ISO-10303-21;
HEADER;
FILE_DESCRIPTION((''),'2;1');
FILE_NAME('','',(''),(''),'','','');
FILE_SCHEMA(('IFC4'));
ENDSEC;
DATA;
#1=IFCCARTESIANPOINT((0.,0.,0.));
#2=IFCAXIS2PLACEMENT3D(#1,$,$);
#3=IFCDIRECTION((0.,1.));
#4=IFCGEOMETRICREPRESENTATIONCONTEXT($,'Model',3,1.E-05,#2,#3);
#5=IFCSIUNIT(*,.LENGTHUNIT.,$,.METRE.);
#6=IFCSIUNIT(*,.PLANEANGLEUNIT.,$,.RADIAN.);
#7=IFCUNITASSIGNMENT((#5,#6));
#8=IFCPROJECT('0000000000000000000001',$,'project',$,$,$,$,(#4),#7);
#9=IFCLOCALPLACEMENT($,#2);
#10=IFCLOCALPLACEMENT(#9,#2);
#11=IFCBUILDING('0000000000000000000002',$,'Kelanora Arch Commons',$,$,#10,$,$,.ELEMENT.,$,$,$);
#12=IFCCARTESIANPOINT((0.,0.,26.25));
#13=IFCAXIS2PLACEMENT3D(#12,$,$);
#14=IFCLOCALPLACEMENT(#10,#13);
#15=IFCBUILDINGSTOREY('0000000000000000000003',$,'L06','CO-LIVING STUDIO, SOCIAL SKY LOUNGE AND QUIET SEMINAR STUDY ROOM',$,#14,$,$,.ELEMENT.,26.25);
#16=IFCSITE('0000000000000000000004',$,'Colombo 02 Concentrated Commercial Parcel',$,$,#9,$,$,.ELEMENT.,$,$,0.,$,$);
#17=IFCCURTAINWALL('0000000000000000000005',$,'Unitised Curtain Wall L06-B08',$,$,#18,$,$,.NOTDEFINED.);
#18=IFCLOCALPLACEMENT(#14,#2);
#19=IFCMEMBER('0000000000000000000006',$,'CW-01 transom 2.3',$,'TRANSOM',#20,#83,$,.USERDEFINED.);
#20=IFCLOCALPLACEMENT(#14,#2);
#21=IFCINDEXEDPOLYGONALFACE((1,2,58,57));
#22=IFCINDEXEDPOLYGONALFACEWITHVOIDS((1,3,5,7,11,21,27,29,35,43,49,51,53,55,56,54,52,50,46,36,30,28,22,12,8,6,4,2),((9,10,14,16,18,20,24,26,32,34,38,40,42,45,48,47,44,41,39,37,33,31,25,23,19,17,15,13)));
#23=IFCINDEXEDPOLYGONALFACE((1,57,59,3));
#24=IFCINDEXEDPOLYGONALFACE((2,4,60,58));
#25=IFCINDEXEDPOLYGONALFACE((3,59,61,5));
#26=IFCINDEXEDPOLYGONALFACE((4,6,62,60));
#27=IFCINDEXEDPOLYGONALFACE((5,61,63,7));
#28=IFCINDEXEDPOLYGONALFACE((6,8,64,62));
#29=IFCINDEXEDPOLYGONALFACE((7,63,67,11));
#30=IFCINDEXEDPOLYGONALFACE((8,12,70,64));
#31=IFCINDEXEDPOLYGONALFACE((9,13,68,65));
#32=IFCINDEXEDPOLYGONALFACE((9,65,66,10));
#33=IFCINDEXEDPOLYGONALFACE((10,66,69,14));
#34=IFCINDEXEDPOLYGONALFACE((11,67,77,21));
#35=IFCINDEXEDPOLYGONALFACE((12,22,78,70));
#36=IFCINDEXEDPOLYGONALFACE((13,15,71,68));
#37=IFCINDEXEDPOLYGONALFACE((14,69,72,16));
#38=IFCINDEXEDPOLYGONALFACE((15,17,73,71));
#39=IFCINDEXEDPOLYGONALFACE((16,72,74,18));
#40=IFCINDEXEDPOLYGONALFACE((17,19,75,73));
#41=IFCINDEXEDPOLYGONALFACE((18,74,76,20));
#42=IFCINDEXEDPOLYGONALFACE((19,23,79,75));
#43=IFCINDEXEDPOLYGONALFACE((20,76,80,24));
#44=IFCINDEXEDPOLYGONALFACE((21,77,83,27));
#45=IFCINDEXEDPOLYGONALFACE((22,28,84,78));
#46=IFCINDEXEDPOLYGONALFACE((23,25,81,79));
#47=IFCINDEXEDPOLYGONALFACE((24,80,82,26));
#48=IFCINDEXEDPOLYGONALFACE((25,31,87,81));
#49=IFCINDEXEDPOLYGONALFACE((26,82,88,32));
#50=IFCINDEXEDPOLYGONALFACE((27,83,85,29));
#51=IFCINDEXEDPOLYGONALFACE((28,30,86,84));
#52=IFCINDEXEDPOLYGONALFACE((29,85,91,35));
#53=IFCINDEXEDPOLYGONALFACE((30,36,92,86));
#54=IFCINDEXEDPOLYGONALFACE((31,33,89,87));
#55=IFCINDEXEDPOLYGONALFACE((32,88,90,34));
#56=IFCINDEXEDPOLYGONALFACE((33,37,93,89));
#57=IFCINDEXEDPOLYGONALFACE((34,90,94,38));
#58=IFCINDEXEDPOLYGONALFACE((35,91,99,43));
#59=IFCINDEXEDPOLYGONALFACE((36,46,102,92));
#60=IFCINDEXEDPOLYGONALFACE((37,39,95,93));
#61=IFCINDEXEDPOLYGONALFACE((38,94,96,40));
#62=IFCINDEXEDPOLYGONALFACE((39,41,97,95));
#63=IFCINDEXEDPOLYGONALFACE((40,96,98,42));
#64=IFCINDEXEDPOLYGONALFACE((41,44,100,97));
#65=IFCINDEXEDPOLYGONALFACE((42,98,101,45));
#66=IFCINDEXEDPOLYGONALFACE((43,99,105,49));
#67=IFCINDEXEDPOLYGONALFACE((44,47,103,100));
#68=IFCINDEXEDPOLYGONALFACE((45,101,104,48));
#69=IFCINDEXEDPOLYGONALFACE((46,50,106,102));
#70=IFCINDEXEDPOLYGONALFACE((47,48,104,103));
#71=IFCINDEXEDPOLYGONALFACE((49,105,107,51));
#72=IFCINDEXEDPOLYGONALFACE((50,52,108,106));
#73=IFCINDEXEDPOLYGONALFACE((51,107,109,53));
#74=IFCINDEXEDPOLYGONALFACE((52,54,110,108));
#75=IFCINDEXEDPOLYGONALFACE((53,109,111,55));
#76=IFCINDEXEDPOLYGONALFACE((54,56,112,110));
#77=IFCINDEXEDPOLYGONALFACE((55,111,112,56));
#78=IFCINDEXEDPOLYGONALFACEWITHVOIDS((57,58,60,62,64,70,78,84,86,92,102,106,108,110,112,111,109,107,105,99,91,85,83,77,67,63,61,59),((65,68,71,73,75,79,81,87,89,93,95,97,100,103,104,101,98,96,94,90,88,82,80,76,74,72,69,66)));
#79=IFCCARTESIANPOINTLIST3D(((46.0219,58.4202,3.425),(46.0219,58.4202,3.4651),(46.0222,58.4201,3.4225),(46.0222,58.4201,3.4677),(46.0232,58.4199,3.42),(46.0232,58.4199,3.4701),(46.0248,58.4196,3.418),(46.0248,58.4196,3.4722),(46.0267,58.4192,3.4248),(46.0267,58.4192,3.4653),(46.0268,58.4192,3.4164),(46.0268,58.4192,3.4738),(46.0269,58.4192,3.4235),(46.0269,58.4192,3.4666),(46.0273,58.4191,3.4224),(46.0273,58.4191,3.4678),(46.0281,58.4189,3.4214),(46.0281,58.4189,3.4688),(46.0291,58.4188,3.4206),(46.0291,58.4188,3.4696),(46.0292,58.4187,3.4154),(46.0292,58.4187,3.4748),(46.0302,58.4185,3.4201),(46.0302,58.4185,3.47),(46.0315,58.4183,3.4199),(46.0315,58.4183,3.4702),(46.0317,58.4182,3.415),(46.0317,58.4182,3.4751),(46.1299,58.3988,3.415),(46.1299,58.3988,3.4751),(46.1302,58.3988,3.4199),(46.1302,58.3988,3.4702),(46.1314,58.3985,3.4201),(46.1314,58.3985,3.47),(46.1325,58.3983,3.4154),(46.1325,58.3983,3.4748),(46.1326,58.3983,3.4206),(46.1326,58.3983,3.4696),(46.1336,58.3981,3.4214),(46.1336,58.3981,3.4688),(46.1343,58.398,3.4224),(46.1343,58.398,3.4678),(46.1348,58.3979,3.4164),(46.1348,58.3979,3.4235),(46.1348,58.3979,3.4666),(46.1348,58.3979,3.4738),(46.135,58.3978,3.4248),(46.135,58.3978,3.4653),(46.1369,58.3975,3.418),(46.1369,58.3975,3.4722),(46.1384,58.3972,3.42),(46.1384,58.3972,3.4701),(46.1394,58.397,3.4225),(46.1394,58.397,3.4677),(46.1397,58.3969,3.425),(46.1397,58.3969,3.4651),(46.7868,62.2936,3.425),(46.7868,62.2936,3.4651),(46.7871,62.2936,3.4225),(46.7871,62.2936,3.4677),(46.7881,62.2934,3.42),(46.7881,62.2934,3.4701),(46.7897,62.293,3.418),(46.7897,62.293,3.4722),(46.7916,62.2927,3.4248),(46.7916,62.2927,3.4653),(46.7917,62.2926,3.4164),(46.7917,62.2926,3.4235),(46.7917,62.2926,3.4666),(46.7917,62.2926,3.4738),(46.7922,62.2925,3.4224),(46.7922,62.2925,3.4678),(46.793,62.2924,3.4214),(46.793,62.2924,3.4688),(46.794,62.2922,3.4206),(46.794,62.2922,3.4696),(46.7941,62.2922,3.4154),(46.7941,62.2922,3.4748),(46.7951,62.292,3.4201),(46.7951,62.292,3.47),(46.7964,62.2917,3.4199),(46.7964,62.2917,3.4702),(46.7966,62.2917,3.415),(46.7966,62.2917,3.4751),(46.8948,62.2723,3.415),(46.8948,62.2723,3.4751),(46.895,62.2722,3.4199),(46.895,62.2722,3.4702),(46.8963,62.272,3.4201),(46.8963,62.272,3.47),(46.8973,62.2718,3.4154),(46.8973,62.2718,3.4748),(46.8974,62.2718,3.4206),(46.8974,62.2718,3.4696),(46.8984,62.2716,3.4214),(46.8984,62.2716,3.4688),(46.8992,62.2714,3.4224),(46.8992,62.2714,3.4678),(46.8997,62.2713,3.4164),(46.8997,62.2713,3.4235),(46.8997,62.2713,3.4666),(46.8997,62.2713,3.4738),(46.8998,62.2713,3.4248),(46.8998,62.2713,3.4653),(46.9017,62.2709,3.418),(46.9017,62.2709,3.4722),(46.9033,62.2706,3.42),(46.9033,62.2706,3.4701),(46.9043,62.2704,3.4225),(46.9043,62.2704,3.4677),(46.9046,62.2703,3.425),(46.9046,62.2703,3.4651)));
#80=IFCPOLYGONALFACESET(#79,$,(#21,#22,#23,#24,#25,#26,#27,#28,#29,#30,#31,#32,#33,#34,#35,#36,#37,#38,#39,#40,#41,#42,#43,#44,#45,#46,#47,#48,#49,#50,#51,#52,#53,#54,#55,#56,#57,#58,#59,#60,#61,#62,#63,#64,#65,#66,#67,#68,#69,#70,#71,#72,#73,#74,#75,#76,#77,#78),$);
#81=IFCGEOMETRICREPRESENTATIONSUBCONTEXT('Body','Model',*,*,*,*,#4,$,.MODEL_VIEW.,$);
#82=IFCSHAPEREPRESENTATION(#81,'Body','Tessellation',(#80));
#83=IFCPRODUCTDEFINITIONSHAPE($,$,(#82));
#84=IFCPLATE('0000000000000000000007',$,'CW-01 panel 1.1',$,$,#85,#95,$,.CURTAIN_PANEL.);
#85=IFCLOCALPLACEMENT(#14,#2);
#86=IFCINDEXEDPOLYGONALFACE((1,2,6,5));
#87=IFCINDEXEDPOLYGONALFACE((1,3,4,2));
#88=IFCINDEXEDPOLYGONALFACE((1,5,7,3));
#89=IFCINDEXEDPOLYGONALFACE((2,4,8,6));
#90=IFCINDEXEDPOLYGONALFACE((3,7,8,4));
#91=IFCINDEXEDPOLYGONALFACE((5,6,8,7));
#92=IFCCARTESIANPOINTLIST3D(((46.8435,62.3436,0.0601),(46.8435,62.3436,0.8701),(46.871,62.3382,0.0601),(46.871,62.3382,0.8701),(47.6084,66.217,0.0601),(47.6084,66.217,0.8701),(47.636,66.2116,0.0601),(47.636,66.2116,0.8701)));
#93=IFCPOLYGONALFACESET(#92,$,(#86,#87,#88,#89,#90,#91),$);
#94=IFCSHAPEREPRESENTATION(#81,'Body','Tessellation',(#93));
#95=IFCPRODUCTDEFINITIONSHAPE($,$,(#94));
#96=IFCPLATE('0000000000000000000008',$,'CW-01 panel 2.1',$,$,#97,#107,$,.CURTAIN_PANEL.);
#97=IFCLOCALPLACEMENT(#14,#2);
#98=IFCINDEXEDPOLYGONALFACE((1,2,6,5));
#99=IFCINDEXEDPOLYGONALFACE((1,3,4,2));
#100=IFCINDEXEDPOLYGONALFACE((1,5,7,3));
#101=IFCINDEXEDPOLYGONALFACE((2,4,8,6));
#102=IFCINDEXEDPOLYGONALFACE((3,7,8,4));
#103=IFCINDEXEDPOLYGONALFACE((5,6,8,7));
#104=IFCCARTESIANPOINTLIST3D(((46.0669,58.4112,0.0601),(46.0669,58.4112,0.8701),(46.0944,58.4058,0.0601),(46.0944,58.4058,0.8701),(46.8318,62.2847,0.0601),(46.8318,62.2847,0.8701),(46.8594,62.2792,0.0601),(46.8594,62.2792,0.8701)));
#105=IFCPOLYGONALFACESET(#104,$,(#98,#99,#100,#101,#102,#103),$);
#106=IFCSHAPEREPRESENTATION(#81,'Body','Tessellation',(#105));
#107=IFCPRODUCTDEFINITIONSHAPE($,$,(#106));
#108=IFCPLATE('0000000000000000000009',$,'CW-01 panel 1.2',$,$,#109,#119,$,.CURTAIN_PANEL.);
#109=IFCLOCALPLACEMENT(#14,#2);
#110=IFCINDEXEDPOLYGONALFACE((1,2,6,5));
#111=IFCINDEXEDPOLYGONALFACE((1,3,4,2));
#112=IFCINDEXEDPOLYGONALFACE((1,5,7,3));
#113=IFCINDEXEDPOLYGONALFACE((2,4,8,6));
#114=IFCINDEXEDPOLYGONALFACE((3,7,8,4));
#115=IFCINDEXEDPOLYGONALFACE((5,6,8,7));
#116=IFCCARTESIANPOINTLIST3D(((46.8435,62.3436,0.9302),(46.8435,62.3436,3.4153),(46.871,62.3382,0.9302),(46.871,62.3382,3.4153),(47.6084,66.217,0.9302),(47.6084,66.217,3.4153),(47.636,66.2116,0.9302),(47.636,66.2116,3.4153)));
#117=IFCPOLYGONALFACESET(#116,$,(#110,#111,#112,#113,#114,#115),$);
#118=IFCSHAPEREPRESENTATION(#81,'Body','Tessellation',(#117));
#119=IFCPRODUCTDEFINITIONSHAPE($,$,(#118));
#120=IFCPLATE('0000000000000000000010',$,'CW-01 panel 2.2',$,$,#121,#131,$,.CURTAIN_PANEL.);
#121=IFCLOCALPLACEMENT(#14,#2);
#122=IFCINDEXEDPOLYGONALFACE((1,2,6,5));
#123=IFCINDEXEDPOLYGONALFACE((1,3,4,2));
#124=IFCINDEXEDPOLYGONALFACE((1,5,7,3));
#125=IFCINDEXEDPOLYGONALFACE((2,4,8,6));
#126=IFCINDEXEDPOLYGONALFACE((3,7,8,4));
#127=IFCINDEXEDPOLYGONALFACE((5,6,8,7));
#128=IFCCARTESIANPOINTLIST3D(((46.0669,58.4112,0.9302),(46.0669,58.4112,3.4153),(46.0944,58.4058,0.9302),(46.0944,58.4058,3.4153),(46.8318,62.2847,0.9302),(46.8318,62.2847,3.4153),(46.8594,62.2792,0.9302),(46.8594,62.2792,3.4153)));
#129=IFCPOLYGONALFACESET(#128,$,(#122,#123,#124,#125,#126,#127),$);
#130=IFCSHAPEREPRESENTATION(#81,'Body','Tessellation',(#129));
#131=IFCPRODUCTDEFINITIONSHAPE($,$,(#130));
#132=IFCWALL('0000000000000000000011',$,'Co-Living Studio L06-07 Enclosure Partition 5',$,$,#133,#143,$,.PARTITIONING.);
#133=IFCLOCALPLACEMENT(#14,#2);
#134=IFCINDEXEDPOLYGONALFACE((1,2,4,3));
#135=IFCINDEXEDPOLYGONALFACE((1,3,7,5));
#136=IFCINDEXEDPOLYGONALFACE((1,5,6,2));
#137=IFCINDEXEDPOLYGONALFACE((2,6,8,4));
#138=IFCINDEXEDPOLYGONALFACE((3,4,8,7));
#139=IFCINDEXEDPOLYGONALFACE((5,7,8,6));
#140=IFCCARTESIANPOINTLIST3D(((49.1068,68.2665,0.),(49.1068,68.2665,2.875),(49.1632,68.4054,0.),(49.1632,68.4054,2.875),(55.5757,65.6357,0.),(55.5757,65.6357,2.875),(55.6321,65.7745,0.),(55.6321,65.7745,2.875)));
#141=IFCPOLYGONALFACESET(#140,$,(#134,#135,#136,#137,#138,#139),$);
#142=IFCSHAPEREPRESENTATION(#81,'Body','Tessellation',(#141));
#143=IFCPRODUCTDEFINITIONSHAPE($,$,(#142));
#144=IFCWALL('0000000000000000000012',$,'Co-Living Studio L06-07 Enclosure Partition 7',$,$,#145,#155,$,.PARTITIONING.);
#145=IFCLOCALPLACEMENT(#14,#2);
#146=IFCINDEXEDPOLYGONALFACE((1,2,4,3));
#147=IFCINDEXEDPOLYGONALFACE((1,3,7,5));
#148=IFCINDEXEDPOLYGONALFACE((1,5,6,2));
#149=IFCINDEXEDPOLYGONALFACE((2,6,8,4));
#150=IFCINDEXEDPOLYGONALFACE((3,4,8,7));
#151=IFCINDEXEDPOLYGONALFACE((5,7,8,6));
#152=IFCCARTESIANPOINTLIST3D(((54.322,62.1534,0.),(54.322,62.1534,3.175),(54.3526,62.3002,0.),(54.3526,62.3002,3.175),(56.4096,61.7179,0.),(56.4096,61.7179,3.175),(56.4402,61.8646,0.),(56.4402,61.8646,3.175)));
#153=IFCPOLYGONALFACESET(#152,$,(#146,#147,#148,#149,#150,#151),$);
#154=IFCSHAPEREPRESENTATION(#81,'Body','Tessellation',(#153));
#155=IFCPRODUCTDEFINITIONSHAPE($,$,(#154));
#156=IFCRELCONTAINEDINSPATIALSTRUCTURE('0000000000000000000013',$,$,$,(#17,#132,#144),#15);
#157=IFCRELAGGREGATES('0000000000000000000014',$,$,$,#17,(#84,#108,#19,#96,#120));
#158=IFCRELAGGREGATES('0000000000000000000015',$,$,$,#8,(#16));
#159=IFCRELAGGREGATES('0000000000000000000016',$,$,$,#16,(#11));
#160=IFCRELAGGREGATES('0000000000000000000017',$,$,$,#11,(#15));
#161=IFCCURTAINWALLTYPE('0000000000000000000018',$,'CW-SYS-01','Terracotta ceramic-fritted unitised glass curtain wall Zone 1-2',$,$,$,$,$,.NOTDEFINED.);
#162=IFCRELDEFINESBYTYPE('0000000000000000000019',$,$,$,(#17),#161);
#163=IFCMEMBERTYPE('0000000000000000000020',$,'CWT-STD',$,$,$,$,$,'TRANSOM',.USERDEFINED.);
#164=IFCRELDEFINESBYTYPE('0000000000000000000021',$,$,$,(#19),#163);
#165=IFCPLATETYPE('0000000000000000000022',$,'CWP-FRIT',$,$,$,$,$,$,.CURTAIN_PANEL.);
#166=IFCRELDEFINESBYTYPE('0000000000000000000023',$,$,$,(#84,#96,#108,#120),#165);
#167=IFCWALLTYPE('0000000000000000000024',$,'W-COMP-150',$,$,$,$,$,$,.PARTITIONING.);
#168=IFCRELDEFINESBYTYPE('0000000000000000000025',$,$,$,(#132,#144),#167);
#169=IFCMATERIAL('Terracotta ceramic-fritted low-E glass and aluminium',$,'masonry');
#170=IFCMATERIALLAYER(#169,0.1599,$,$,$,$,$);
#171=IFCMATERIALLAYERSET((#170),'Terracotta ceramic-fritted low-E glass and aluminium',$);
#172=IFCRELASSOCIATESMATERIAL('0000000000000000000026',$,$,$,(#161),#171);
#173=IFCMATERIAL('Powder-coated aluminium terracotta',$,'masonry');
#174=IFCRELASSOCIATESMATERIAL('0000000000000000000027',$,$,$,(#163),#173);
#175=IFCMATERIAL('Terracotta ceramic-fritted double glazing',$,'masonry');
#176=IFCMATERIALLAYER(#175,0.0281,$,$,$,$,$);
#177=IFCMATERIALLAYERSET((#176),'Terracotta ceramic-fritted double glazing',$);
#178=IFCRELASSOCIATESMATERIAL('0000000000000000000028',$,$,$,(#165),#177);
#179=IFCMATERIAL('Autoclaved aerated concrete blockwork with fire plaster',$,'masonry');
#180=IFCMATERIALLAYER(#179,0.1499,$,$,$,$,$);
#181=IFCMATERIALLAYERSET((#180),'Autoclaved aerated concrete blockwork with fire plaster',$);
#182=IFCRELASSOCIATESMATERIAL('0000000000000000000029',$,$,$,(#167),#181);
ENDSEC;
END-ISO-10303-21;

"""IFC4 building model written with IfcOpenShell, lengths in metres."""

from ifc_helpers import new_model, si_unit, direction, frame, frame_2d, origin, origin_2d, place, context, subcontext, project, spatial, rectangle, hollow_rectangle, extrude, source, transform, mapped, material, layer, layer_set, material_profile, profile_set, type_object, element, aggregate, save


model = new_model("IFC4")

# Units and contexts
model_context = context("Model", 3, precision=1e-05, world=origin(), true_north=direction((0.0, 1.0)))
body_context = subcontext(model_context, "Body", "Model", "MODEL_VIEW")
ifc_project = project(units=[si_unit("LENGTHUNIT", "METRE"), si_unit("PLANEANGLEUNIT", "RADIAN")], contexts=[model_context])

# Site, building, storey
site_placement = place(None, origin())
site = spatial("IfcSite", under=ifc_project, at=site_placement, Name="Colombo 02 Concentrated Commercial Parcel", CompositionType="ELEMENT", RefElevation=0.0)
building_placement = place(site_placement, origin())
building = spatial("IfcBuilding", under=site, at=building_placement, Name="Kelanora Arch Commons", CompositionType="ELEMENT")
storey_placement = place(building_placement, frame((0.0, 0.0, 26.25)))
storey = spatial("IfcBuildingStorey", under=building, at=storey_placement, Name="L06", Description="CO-LIVING STUDIO, SOCIAL SKY LOUNGE AND QUIET SEMINAR STUDY ROOM", CompositionType="ELEMENT", Elevation=26.25)

# Curtain wall, member, plates
ifc_material_1 = material(Name="Terracotta ceramic-fritted low-E glass and aluminium", Category="masonry")
ifc_layer_1 = layer(ifc_material_1, 0.1599)
ifc_layer_set_1 = layer_set([ifc_layer_1], Name="Terracotta ceramic-fritted low-E glass and aluminium")
curtain_wall_type = type_object("IfcCurtainWallType", Name="CW-SYS-01", Description="Terracotta ceramic-fritted unitised glass curtain wall Zone 1-2", PredefinedType="NOTDEFINED", material=ifc_layer_set_1)
curtain_wall_placement = place(storey_placement, origin())
curtain_wall = element("IfcCurtainWall", 1, at=curtain_wall_placement, inside=storey, type_object=curtain_wall_type, Name="Unitised Curtain Wall L06-B08", PredefinedType="NOTDEFINED")
ifc_material_2 = material(Name="Powder-coated aluminium terracotta", Category="masonry")
ifc_material_profile_1 = material_profile(ifc_material_2, hollow_rectangle(XDim=0.1201, YDim=0.0601, WallThickness=0.0049, InnerFilletRadius=0.0049, OuterFilletRadius=0.01, at=origin_2d()), Name="CWT120x60")
ifc_profile_set_1 = profile_set([ifc_material_profile_1], Name="Powder-coated aluminium terracotta")
member_type_1 = type_object("IfcMemberType", Name="CWT-STD", ElementType="TRANSOM", PredefinedType="USERDEFINED", material=ifc_profile_set_1)
member_1_placement = place(storey_placement, frame((46.8457, 62.282, 3.4451), z_axis=(-0.193725, -0.981056, 0.0), x_axis=(0.981056, -0.193725, 0.0)))
member_1 = element("IfcMember", 2, at=member_1_placement, type_object=member_type_1, Name="CW-01 transom 2.3", ObjectType="TRANSOM", PredefinedType="USERDEFINED", context=body_context, shape_type="SweptSolid", body=[
    extrude(hollow_rectangle(XDim=0.1201, YDim=0.0601, WallThickness=0.0049, InnerFilletRadius=0.0049, OuterFilletRadius=0.01, at=origin_2d()), origin(), (0.0, 0.0, 1.0), 3.9482),
])
ifc_material_3 = material(Name="Terracotta ceramic-fritted double glazing", Category="masonry")
ifc_layer_2 = layer(ifc_material_3, 0.0281)
ifc_layer_set_2 = layer_set([ifc_layer_2], Name="Terracotta ceramic-fritted double glazing")
plate_type = type_object("IfcPlateType", Name="CWP-FRIT", PredefinedType="CURTAIN_PANEL", material=ifc_layer_set_2)
shared_shape_1 = source(origin(), body_context, "Body", "SweptSolid", [
    extrude(rectangle(XDim=3.9482, YDim=0.0281, at=origin_2d()), origin(), (0.0, 0.0, 1.0), 0.8101),
])
plate_1_placement = place(storey_placement, frame((47.2397, 64.2776, 0.0601), z_axis=(0.0, 0.0, 1.0), x_axis=(-0.193744, -0.981052, 0.0)))
plate_1 = element("IfcPlate", 3, at=plate_1_placement, type_object=plate_type, Name="CW-01 panel 1.1", PredefinedType="CURTAIN_PANEL", context=body_context, shape_type="MappedRepresentation", body=[
    mapped(shared_shape_1, transform((0.0, 0.0, 0.0), scale=1.0)),
])
plate_2_placement = place(storey_placement, frame((46.4631, 60.3452, 0.0601), z_axis=(0.0, 0.0, 1.0), x_axis=(-0.193744, -0.981052, 0.0)))
plate_2 = element("IfcPlate", 4, at=plate_2_placement, type_object=plate_type, Name="CW-01 panel 2.1", PredefinedType="CURTAIN_PANEL", context=body_context, shape_type="MappedRepresentation", body=[
    mapped(shared_shape_1, transform((0.0, 0.0, 0.0), scale=1.0)),
])
shared_shape_2 = source(origin(), body_context, "Body", "SweptSolid", [
    extrude(rectangle(XDim=3.9482, YDim=0.0281, at=origin_2d()), origin(), (0.0, 0.0, 1.0), 2.4851),
])
plate_3_placement = place(storey_placement, frame((47.2397, 64.2776, 0.9302), z_axis=(0.0, 0.0, 1.0), x_axis=(-0.193744, -0.981052, 0.0)))
plate_3 = element("IfcPlate", 5, at=plate_3_placement, type_object=plate_type, Name="CW-01 panel 1.2", PredefinedType="CURTAIN_PANEL", context=body_context, shape_type="MappedRepresentation", body=[
    mapped(shared_shape_2, transform((0.0, 0.0, 0.0), scale=1.0)),
])
plate_4_placement = place(storey_placement, frame((46.4631, 60.3452, 0.9302), z_axis=(0.0, 0.0, 1.0), x_axis=(-0.193744, -0.981052, 0.0)))
plate_4 = element("IfcPlate", 6, at=plate_4_placement, type_object=plate_type, Name="CW-01 panel 2.2", PredefinedType="CURTAIN_PANEL", context=body_context, shape_type="MappedRepresentation", body=[
    mapped(shared_shape_2, transform((0.0, 0.0, 0.0), scale=1.0)),
])
aggregate(curtain_wall, [plate_1, plate_3, member_1, plate_2, plate_4])

# Walls
ifc_material_4 = material(Name="Autoclaved aerated concrete blockwork with fire plaster", Category="masonry")
ifc_layer_3 = layer(ifc_material_4, 0.1499)
ifc_layer_set_3 = layer_set([ifc_layer_3], Name="Autoclaved aerated concrete blockwork with fire plaster")
wall_type_1 = type_object("IfcWallType", Name="W-COMP-150", PredefinedType="PARTITIONING", material=ifc_layer_set_3)
wall_1_placement = place(storey_placement, frame((49.135, 68.3359, 0.0), z_axis=(0.0, 0.0, 1.0), x_axis=(0.926325, -0.376725, 0.0)))
element("IfcWall", 7, at=wall_1_placement, inside=storey, type_object=wall_type_1, Name="Co-Living Studio L06-07 Enclosure Partition 5", PredefinedType="PARTITIONING", context=body_context, shape_type="SweptSolid", body=[
    extrude(rectangle(XDim=6.9834, YDim=0.1499, at=frame_2d((3.4917, 0.0))), origin(), (0.0, 0.0, 1.0), 2.875),
])
wall_2_placement = place(storey_placement, frame((54.3372, 62.2268, 0.0), z_axis=(0.0, 0.0, 1.0), x_axis=(0.978922, -0.204233, 0.0)))
element("IfcWall", 8, at=wall_2_placement, inside=storey, type_object=wall_type_1, Name="Co-Living Studio L06-07 Enclosure Partition 7", PredefinedType="PARTITIONING", context=body_context, shape_type="SweptSolid", body=[
    extrude(rectangle(XDim=2.1326, YDim=0.1499, at=frame_2d((1.0664, 0.0))), origin(), (0.0, 0.0, 1.0), 3.175),
])

save(model, "model.ifc")
